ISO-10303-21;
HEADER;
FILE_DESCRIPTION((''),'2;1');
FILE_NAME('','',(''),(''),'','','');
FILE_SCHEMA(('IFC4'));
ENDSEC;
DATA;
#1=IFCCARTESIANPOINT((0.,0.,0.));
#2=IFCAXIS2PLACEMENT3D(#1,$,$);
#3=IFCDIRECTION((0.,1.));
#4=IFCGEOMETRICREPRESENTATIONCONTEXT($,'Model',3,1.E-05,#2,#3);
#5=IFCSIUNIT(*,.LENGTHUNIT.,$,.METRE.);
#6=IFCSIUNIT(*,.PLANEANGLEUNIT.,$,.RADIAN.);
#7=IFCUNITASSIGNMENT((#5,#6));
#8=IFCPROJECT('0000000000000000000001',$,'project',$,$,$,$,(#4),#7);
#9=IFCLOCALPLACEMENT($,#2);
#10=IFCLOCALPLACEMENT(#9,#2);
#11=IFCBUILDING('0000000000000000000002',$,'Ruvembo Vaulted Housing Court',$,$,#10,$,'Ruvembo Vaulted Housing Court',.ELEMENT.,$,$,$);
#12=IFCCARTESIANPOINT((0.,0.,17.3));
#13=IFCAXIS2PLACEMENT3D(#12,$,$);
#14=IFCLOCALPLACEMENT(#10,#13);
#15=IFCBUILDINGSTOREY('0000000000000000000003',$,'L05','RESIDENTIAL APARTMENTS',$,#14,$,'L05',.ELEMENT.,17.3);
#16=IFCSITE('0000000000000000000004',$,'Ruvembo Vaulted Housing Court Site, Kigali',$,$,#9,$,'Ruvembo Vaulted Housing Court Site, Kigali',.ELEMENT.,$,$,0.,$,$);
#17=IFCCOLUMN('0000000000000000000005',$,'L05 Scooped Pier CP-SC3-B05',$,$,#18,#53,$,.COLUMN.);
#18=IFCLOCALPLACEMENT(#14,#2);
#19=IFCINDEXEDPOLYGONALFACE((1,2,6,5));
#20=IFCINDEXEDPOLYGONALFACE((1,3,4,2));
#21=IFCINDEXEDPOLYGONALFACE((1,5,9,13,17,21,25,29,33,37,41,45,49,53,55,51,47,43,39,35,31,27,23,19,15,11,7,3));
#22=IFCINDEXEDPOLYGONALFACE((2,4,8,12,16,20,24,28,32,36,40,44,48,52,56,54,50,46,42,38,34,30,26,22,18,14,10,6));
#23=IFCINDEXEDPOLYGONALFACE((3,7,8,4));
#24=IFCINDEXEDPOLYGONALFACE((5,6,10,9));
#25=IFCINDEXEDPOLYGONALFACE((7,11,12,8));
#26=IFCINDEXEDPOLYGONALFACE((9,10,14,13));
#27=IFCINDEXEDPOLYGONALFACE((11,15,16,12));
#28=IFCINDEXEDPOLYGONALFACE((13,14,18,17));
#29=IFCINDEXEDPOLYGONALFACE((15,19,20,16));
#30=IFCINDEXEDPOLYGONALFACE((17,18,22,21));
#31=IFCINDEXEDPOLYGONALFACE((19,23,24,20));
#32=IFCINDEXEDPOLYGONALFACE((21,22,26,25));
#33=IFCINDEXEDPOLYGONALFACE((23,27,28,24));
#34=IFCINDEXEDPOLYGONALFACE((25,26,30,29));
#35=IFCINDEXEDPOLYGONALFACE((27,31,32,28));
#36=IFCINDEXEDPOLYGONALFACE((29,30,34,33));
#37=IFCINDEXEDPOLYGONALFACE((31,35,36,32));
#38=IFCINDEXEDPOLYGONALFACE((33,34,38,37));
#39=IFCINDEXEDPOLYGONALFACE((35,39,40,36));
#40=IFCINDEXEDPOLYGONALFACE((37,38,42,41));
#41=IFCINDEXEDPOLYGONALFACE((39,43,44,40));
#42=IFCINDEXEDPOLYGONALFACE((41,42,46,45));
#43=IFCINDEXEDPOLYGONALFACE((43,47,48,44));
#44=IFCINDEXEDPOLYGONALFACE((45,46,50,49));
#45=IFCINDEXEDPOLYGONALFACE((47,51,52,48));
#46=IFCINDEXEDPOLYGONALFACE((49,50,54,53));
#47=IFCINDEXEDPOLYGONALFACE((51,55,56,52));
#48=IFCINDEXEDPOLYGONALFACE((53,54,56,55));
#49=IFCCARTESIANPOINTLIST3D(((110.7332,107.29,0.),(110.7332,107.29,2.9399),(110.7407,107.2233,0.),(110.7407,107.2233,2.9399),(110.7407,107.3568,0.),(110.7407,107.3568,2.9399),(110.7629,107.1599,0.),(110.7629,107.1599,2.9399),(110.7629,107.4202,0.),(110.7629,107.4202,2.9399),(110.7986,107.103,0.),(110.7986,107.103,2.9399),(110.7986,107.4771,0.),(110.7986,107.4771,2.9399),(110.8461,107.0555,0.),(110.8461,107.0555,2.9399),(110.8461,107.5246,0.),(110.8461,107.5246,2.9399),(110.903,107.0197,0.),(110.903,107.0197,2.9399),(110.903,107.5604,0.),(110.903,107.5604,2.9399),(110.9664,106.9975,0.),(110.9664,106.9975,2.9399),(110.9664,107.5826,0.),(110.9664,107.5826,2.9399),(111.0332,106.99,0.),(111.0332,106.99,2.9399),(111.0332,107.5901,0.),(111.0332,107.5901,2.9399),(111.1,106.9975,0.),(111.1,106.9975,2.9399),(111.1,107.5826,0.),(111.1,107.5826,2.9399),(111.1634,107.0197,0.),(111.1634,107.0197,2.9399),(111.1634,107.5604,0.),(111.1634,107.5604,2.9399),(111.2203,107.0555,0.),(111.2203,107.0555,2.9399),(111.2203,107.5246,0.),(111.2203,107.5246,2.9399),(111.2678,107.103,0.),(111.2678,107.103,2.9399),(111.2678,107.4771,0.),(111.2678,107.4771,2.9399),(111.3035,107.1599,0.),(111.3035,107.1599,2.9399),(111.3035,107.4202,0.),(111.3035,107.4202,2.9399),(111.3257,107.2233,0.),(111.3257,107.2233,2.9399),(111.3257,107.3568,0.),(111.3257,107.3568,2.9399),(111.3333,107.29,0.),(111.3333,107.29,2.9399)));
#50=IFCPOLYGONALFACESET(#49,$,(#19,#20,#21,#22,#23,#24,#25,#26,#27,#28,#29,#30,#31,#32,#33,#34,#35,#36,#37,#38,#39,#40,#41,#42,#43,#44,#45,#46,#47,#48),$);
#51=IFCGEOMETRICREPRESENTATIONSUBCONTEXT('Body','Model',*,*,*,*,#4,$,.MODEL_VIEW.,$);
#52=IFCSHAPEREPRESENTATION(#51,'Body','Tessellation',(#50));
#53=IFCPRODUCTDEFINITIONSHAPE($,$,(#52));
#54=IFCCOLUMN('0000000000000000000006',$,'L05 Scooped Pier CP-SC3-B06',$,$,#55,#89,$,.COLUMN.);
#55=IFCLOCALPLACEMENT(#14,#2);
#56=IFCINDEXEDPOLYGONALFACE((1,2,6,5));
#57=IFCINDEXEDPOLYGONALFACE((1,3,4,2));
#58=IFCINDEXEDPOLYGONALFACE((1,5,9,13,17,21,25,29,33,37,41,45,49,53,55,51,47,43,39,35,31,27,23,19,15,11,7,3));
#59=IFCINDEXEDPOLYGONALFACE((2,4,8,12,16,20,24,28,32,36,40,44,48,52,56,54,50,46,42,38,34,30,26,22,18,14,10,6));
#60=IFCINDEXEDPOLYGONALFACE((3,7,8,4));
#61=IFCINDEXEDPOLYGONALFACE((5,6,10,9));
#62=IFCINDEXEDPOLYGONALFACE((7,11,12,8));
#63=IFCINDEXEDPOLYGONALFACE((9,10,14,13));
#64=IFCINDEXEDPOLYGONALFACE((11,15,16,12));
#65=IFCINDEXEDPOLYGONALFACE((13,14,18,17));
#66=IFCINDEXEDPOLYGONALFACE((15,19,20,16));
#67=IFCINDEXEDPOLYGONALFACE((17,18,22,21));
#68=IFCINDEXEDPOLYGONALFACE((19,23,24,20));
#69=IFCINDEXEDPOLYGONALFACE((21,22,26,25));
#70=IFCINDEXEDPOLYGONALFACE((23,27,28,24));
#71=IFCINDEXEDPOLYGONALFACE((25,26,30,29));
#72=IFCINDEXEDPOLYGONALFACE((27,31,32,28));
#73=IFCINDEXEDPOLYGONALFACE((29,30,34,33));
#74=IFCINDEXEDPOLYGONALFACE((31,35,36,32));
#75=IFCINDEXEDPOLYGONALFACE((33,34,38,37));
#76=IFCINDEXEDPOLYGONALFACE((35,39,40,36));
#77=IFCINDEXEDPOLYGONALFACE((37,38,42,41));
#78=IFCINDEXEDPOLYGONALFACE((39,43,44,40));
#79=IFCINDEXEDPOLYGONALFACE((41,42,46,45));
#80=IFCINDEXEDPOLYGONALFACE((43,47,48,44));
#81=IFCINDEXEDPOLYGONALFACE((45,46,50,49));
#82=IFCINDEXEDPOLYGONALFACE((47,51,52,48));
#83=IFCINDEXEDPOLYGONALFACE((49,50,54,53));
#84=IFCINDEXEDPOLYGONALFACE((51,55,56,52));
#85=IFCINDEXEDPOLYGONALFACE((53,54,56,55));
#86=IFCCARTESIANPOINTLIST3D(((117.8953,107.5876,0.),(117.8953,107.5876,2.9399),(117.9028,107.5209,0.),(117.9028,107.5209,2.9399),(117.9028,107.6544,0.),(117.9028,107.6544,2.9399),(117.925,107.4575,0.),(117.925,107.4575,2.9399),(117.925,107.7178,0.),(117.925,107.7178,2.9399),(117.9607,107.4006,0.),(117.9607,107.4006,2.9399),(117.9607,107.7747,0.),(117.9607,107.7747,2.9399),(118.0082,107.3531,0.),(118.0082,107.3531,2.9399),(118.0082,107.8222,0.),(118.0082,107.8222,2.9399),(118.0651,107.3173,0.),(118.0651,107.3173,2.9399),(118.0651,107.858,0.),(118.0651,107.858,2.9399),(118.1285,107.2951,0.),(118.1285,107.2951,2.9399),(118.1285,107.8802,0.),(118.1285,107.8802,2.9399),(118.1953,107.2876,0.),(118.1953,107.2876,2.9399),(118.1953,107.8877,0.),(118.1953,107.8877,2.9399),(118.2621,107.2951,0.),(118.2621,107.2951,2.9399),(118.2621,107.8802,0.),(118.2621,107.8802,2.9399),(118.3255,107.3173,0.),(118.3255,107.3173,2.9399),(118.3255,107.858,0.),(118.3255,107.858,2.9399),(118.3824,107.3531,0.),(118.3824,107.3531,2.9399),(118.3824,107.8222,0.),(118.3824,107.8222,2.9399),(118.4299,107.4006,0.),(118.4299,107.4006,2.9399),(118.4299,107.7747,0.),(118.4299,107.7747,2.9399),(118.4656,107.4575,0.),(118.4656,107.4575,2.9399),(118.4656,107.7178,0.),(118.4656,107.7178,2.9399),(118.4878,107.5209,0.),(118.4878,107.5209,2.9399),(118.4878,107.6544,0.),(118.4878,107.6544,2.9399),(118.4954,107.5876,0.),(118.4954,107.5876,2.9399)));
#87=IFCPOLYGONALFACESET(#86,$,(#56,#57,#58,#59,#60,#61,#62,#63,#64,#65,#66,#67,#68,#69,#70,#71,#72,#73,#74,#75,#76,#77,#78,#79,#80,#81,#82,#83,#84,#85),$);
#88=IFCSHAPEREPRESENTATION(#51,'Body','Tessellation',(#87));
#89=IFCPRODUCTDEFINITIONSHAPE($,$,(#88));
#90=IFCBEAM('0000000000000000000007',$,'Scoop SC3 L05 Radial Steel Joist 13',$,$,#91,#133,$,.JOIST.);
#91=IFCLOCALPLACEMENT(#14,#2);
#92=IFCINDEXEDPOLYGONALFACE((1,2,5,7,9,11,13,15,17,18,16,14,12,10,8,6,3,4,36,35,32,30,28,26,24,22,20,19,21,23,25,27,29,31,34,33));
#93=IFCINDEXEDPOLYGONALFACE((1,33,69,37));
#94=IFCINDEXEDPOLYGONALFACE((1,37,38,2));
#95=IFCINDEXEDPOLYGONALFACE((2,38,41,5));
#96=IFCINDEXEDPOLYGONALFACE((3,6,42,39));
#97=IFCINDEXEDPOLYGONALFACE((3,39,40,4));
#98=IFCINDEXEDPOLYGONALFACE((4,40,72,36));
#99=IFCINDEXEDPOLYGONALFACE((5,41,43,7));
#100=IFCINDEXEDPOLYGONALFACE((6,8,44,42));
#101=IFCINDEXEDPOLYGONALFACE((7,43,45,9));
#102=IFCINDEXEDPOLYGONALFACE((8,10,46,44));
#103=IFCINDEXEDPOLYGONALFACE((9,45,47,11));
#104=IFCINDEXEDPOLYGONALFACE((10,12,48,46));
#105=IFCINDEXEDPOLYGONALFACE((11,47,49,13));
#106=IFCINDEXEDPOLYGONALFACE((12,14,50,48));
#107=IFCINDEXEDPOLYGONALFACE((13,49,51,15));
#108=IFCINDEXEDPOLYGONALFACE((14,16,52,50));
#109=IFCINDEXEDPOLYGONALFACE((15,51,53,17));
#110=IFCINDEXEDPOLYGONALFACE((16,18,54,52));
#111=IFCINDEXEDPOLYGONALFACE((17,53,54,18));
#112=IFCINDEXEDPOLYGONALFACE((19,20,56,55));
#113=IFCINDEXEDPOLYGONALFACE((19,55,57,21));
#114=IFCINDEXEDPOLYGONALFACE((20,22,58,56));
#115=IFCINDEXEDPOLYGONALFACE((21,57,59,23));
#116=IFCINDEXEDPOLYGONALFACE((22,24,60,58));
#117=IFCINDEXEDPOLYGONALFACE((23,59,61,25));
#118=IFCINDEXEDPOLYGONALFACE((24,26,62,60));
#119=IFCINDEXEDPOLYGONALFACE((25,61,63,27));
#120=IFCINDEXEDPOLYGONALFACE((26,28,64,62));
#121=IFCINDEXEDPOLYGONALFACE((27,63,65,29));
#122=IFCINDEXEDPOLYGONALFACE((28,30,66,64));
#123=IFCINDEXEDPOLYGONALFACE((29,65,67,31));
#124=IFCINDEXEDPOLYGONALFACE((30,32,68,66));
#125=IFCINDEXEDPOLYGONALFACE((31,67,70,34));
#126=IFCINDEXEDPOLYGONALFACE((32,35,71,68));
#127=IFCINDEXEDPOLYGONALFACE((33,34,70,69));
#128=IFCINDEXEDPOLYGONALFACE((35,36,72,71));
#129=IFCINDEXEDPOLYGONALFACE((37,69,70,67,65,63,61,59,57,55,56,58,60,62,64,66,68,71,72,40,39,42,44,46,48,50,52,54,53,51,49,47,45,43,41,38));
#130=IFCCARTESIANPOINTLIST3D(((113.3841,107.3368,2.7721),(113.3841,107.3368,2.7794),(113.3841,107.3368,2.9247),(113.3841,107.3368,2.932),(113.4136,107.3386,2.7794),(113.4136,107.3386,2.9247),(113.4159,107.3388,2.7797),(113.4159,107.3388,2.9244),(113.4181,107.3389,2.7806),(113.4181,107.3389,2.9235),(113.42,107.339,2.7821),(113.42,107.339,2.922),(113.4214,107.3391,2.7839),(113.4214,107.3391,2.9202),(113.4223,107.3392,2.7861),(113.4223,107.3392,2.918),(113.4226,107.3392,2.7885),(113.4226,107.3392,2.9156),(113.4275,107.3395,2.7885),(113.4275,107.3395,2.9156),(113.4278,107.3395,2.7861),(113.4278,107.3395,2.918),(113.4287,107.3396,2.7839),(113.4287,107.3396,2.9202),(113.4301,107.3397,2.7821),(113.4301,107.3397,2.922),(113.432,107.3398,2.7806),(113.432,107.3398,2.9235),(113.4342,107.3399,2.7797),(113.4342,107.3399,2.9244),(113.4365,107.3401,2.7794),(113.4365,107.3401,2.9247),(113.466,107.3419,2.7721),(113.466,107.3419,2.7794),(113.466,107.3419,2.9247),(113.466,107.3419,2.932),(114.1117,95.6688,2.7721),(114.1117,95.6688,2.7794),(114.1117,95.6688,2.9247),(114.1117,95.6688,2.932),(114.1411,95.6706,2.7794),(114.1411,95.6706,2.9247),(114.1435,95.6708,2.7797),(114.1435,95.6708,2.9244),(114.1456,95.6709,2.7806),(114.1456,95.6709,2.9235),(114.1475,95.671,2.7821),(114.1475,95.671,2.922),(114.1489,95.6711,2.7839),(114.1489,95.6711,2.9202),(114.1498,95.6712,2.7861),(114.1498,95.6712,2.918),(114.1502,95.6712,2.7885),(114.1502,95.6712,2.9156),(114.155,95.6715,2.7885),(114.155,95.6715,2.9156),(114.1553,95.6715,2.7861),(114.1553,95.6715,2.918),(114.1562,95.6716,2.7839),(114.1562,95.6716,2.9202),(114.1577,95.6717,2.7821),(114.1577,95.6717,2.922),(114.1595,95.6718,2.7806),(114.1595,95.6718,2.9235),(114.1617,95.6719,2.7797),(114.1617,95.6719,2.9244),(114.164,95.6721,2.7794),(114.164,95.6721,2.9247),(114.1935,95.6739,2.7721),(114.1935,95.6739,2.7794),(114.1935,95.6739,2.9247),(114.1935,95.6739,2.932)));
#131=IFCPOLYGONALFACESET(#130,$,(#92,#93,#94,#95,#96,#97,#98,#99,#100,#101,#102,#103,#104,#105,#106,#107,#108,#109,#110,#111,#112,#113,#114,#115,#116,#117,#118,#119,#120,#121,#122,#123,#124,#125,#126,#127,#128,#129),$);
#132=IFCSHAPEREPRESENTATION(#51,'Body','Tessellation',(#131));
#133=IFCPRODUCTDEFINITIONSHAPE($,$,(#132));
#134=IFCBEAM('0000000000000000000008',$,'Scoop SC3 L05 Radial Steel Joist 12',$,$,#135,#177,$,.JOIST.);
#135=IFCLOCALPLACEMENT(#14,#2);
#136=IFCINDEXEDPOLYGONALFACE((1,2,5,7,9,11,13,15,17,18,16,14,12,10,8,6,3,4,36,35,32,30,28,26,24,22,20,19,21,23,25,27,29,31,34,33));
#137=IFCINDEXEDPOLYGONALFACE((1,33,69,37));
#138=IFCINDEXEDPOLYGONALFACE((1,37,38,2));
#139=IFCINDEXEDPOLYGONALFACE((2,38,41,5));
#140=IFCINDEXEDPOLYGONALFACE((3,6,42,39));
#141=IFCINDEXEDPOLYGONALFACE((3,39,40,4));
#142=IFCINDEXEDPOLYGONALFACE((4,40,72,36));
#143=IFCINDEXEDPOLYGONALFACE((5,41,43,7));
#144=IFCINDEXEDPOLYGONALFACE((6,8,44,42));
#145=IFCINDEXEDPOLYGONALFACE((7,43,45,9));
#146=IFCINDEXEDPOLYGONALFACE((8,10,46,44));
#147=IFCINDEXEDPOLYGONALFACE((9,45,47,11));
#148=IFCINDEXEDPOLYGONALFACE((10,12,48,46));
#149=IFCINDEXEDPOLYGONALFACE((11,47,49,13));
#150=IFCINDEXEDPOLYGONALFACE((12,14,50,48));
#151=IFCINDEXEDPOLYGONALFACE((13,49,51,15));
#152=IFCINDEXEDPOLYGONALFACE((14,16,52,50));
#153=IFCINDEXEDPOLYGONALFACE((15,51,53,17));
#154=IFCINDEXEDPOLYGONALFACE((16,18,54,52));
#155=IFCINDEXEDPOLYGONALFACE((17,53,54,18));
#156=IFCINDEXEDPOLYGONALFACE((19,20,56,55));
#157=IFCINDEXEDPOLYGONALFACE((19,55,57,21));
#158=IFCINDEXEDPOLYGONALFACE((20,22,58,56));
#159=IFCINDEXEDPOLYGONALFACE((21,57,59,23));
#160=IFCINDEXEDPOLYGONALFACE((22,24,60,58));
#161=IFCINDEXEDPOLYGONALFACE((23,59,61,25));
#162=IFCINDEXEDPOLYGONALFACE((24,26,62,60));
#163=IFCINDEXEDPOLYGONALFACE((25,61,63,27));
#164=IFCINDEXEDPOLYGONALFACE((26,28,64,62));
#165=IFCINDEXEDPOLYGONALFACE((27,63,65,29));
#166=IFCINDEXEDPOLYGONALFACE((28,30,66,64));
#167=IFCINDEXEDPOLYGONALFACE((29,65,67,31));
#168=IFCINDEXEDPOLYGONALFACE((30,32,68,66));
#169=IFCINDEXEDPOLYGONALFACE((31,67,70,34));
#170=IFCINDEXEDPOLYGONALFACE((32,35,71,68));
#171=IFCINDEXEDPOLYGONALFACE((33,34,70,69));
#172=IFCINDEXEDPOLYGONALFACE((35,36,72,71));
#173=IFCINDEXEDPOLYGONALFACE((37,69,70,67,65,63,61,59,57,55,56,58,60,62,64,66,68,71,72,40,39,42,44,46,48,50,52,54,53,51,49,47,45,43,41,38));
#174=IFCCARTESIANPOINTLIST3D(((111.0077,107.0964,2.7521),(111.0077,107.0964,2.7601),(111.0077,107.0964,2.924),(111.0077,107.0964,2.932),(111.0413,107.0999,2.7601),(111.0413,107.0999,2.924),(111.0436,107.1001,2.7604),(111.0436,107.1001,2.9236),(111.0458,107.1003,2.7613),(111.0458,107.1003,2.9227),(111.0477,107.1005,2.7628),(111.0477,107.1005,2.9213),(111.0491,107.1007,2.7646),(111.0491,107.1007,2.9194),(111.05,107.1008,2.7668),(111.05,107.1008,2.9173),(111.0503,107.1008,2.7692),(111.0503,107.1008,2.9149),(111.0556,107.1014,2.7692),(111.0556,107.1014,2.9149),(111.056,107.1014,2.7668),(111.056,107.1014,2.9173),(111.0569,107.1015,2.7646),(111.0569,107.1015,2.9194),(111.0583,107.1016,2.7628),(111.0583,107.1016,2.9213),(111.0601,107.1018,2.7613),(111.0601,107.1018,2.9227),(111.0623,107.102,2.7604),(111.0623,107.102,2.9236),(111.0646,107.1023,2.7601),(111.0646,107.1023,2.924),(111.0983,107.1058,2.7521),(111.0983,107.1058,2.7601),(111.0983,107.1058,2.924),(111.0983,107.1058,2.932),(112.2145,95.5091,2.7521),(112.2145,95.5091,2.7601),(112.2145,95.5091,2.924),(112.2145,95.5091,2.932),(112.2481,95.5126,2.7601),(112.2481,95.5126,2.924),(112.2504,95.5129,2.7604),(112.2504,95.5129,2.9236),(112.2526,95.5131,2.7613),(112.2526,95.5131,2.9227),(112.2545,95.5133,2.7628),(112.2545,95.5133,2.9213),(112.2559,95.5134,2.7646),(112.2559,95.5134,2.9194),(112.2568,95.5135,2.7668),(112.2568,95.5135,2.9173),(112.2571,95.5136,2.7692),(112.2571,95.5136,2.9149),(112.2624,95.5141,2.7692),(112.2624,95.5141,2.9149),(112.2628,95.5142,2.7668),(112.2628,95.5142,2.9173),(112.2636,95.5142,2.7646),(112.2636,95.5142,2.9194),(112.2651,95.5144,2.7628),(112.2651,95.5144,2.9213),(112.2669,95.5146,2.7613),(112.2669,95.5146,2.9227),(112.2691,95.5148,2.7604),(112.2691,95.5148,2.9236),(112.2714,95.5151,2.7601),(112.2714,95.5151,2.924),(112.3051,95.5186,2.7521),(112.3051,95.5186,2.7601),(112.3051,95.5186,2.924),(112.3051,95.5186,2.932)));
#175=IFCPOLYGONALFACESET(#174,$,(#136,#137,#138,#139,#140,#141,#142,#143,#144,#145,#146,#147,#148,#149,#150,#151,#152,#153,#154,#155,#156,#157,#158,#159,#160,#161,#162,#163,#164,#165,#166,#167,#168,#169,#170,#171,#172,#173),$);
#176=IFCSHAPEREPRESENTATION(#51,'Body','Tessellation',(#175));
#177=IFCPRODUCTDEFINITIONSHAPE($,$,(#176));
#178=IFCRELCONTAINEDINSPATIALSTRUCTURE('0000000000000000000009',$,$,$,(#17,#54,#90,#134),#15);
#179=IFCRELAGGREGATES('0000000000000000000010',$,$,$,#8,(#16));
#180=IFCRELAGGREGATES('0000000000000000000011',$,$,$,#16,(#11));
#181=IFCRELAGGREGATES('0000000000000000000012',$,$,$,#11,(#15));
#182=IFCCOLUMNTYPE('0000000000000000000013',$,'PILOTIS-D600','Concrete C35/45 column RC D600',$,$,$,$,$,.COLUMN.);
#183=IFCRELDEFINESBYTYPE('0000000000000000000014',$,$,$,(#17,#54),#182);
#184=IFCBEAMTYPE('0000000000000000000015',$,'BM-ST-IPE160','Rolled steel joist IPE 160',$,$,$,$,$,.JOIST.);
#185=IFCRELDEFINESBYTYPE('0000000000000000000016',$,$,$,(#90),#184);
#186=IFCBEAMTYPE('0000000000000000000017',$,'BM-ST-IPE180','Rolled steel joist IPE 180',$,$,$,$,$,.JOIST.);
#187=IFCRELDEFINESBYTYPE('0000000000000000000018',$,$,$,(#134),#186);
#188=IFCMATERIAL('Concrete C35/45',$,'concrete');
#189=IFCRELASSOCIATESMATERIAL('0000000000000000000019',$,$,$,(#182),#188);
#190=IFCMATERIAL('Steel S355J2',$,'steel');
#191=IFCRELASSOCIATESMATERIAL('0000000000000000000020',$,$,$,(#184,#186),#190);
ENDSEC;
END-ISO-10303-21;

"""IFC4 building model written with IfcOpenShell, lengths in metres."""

from ifc_helpers import new_model, si_unit, direction, frame, origin, origin_2d, place, context, subcontext, project, spatial, circle, i_section, extrude, material, material_profile, profile_set, type_object, element, save


model = new_model("IFC4")

# Units and contexts
model_context = context("Model", 3, precision=1e-05, world=origin(), true_north=direction((0.0, 1.0)))
body_context = subcontext(model_context, "Body", "Model", "MODEL_VIEW")
ifc_project = project(units=[si_unit("LENGTHUNIT", "METRE"), si_unit("PLANEANGLEUNIT", "RADIAN")], contexts=[model_context])

# Site, building, storey
site_placement = place(None, origin())
site = spatial("IfcSite", under=ifc_project, at=site_placement, Name="Ruvembo Vaulted Housing Court Site, Kigali", LongName="Ruvembo Vaulted Housing Court Site, Kigali", CompositionType="ELEMENT", RefElevation=0.0)
building_placement = place(site_placement, origin())
building = spatial("IfcBuilding", under=site, at=building_placement, Name="Ruvembo Vaulted Housing Court", LongName="Ruvembo Vaulted Housing Court", CompositionType="ELEMENT")
storey_placement = place(building_placement, frame((0.0, 0.0, 17.3)))
storey = spatial("IfcBuildingStorey", under=building, at=storey_placement, Name="L05", Description="RESIDENTIAL APARTMENTS", LongName="L05", CompositionType="ELEMENT", Elevation=17.3)

# Columns
ifc_material_1 = material(Name="Concrete C35/45", Category="concrete")
ifc_material_profile_1 = material_profile(ifc_material_1, circle(Radius=0.3, at=origin_2d()), Name="RC D600")
ifc_profile_set_1 = profile_set([ifc_material_profile_1], Name="Concrete C35/45")
column_type = type_object("IfcColumnType", Name="PILOTIS-D600", Description="Concrete C35/45 column RC D600", PredefinedType="COLUMN", material=ifc_profile_set_1)
for number, where, z_axis, x_axis, name in (
    (1, (111.0332, 107.29, 0.0), (0.0, 0.0, 1.0), (1.0, 0.0, 0.0), "L05 Scooped Pier CP-SC3-B05"),
    (2, (118.1953, 107.5876, 0.0), (0.0, 0.0, 1.0), (1.0, 0.0, 0.0), "L05 Scooped Pier CP-SC3-B06"),
):
    element("IfcColumn", number, at=place(storey_placement, frame(where, z_axis=z_axis, x_axis=x_axis)), inside=storey, type_object=column_type, Name=name, PredefinedType="COLUMN", context=body_context, shape_type="SweptSolid", body=[
        extrude(circle(Radius=0.3, at=origin_2d()), origin(), (0.0, 0.0, 1.0), 2.9399),
    ])

# Beams
ifc_material_2 = material(Name="Steel S355J2", Category="steel")
ifc_material_profile_2 = material_profile(ifc_material_2, i_section(OverallWidth=0.082, OverallDepth=0.1599, WebThickness=0.0049, FlangeThickness=0.0073, FilletRadius=0.009, at=origin_2d()), Name="IPE 160")
ifc_profile_set_2 = profile_set([ifc_material_profile_2], Name="Steel S355J2")
beam_type_1 = type_object("IfcBeamType", Name="BM-ST-IPE160", Description="Rolled steel joist IPE 160", PredefinedType="JOIST", material=ifc_profile_set_2)
beam_1_placement = place(storey_placement, frame((113.425, 107.3394, 2.8521), z_axis=(0.062233, -0.998062, 0.0), x_axis=(0.998062, 0.062233, 0.0)))
element("IfcBeam", 3, at=beam_1_placement, inside=storey, type_object=beam_type_1, Name="Scoop SC3 L05 Radial Steel Joist 13", PredefinedType="JOIST", context=body_context, shape_type="SweptSolid", body=[
    extrude(i_section(OverallWidth=0.082, OverallDepth=0.1599, WebThickness=0.0049, FlangeThickness=0.0073, FilletRadius=0.009, at=origin_2d()), origin(), (0.0, 0.0, 1.0), 11.6907),
])
ifc_material_profile_3 = material_profile(ifc_material_2, i_section(OverallWidth=0.0911, OverallDepth=0.1799, WebThickness=0.0054, FlangeThickness=0.0081, FilletRadius=0.009, at=origin_2d()), Name="IPE 180")
ifc_profile_set_3 = profile_set([ifc_material_profile_3], Name="Steel S355J2")
beam_type_2 = type_object("IfcBeamType", Name="BM-ST-IPE180", Description="Rolled steel joist IPE 180", PredefinedType="JOIST", material=ifc_profile_set_3)
beam_2_placement = place(storey_placement, frame((111.053, 107.1011, 2.842), z_axis=(0.103588, -0.99462, 0.0), x_axis=(0.99462, 0.103588, 0.0)))
element("IfcBeam", 4, at=beam_2_placement, inside=storey, type_object=beam_type_2, Name="Scoop SC3 L05 Radial Steel Joist 12", PredefinedType="JOIST", context=body_context, shape_type="SweptSolid", body=[
    extrude(i_section(OverallWidth=0.0911, OverallDepth=0.1799, WebThickness=0.0054, FlangeThickness=0.0081, FilletRadius=0.009, at=origin_2d()), origin(), (0.0, 0.0, 1.0), 11.6499),
])

save(model, "model.ifc")
